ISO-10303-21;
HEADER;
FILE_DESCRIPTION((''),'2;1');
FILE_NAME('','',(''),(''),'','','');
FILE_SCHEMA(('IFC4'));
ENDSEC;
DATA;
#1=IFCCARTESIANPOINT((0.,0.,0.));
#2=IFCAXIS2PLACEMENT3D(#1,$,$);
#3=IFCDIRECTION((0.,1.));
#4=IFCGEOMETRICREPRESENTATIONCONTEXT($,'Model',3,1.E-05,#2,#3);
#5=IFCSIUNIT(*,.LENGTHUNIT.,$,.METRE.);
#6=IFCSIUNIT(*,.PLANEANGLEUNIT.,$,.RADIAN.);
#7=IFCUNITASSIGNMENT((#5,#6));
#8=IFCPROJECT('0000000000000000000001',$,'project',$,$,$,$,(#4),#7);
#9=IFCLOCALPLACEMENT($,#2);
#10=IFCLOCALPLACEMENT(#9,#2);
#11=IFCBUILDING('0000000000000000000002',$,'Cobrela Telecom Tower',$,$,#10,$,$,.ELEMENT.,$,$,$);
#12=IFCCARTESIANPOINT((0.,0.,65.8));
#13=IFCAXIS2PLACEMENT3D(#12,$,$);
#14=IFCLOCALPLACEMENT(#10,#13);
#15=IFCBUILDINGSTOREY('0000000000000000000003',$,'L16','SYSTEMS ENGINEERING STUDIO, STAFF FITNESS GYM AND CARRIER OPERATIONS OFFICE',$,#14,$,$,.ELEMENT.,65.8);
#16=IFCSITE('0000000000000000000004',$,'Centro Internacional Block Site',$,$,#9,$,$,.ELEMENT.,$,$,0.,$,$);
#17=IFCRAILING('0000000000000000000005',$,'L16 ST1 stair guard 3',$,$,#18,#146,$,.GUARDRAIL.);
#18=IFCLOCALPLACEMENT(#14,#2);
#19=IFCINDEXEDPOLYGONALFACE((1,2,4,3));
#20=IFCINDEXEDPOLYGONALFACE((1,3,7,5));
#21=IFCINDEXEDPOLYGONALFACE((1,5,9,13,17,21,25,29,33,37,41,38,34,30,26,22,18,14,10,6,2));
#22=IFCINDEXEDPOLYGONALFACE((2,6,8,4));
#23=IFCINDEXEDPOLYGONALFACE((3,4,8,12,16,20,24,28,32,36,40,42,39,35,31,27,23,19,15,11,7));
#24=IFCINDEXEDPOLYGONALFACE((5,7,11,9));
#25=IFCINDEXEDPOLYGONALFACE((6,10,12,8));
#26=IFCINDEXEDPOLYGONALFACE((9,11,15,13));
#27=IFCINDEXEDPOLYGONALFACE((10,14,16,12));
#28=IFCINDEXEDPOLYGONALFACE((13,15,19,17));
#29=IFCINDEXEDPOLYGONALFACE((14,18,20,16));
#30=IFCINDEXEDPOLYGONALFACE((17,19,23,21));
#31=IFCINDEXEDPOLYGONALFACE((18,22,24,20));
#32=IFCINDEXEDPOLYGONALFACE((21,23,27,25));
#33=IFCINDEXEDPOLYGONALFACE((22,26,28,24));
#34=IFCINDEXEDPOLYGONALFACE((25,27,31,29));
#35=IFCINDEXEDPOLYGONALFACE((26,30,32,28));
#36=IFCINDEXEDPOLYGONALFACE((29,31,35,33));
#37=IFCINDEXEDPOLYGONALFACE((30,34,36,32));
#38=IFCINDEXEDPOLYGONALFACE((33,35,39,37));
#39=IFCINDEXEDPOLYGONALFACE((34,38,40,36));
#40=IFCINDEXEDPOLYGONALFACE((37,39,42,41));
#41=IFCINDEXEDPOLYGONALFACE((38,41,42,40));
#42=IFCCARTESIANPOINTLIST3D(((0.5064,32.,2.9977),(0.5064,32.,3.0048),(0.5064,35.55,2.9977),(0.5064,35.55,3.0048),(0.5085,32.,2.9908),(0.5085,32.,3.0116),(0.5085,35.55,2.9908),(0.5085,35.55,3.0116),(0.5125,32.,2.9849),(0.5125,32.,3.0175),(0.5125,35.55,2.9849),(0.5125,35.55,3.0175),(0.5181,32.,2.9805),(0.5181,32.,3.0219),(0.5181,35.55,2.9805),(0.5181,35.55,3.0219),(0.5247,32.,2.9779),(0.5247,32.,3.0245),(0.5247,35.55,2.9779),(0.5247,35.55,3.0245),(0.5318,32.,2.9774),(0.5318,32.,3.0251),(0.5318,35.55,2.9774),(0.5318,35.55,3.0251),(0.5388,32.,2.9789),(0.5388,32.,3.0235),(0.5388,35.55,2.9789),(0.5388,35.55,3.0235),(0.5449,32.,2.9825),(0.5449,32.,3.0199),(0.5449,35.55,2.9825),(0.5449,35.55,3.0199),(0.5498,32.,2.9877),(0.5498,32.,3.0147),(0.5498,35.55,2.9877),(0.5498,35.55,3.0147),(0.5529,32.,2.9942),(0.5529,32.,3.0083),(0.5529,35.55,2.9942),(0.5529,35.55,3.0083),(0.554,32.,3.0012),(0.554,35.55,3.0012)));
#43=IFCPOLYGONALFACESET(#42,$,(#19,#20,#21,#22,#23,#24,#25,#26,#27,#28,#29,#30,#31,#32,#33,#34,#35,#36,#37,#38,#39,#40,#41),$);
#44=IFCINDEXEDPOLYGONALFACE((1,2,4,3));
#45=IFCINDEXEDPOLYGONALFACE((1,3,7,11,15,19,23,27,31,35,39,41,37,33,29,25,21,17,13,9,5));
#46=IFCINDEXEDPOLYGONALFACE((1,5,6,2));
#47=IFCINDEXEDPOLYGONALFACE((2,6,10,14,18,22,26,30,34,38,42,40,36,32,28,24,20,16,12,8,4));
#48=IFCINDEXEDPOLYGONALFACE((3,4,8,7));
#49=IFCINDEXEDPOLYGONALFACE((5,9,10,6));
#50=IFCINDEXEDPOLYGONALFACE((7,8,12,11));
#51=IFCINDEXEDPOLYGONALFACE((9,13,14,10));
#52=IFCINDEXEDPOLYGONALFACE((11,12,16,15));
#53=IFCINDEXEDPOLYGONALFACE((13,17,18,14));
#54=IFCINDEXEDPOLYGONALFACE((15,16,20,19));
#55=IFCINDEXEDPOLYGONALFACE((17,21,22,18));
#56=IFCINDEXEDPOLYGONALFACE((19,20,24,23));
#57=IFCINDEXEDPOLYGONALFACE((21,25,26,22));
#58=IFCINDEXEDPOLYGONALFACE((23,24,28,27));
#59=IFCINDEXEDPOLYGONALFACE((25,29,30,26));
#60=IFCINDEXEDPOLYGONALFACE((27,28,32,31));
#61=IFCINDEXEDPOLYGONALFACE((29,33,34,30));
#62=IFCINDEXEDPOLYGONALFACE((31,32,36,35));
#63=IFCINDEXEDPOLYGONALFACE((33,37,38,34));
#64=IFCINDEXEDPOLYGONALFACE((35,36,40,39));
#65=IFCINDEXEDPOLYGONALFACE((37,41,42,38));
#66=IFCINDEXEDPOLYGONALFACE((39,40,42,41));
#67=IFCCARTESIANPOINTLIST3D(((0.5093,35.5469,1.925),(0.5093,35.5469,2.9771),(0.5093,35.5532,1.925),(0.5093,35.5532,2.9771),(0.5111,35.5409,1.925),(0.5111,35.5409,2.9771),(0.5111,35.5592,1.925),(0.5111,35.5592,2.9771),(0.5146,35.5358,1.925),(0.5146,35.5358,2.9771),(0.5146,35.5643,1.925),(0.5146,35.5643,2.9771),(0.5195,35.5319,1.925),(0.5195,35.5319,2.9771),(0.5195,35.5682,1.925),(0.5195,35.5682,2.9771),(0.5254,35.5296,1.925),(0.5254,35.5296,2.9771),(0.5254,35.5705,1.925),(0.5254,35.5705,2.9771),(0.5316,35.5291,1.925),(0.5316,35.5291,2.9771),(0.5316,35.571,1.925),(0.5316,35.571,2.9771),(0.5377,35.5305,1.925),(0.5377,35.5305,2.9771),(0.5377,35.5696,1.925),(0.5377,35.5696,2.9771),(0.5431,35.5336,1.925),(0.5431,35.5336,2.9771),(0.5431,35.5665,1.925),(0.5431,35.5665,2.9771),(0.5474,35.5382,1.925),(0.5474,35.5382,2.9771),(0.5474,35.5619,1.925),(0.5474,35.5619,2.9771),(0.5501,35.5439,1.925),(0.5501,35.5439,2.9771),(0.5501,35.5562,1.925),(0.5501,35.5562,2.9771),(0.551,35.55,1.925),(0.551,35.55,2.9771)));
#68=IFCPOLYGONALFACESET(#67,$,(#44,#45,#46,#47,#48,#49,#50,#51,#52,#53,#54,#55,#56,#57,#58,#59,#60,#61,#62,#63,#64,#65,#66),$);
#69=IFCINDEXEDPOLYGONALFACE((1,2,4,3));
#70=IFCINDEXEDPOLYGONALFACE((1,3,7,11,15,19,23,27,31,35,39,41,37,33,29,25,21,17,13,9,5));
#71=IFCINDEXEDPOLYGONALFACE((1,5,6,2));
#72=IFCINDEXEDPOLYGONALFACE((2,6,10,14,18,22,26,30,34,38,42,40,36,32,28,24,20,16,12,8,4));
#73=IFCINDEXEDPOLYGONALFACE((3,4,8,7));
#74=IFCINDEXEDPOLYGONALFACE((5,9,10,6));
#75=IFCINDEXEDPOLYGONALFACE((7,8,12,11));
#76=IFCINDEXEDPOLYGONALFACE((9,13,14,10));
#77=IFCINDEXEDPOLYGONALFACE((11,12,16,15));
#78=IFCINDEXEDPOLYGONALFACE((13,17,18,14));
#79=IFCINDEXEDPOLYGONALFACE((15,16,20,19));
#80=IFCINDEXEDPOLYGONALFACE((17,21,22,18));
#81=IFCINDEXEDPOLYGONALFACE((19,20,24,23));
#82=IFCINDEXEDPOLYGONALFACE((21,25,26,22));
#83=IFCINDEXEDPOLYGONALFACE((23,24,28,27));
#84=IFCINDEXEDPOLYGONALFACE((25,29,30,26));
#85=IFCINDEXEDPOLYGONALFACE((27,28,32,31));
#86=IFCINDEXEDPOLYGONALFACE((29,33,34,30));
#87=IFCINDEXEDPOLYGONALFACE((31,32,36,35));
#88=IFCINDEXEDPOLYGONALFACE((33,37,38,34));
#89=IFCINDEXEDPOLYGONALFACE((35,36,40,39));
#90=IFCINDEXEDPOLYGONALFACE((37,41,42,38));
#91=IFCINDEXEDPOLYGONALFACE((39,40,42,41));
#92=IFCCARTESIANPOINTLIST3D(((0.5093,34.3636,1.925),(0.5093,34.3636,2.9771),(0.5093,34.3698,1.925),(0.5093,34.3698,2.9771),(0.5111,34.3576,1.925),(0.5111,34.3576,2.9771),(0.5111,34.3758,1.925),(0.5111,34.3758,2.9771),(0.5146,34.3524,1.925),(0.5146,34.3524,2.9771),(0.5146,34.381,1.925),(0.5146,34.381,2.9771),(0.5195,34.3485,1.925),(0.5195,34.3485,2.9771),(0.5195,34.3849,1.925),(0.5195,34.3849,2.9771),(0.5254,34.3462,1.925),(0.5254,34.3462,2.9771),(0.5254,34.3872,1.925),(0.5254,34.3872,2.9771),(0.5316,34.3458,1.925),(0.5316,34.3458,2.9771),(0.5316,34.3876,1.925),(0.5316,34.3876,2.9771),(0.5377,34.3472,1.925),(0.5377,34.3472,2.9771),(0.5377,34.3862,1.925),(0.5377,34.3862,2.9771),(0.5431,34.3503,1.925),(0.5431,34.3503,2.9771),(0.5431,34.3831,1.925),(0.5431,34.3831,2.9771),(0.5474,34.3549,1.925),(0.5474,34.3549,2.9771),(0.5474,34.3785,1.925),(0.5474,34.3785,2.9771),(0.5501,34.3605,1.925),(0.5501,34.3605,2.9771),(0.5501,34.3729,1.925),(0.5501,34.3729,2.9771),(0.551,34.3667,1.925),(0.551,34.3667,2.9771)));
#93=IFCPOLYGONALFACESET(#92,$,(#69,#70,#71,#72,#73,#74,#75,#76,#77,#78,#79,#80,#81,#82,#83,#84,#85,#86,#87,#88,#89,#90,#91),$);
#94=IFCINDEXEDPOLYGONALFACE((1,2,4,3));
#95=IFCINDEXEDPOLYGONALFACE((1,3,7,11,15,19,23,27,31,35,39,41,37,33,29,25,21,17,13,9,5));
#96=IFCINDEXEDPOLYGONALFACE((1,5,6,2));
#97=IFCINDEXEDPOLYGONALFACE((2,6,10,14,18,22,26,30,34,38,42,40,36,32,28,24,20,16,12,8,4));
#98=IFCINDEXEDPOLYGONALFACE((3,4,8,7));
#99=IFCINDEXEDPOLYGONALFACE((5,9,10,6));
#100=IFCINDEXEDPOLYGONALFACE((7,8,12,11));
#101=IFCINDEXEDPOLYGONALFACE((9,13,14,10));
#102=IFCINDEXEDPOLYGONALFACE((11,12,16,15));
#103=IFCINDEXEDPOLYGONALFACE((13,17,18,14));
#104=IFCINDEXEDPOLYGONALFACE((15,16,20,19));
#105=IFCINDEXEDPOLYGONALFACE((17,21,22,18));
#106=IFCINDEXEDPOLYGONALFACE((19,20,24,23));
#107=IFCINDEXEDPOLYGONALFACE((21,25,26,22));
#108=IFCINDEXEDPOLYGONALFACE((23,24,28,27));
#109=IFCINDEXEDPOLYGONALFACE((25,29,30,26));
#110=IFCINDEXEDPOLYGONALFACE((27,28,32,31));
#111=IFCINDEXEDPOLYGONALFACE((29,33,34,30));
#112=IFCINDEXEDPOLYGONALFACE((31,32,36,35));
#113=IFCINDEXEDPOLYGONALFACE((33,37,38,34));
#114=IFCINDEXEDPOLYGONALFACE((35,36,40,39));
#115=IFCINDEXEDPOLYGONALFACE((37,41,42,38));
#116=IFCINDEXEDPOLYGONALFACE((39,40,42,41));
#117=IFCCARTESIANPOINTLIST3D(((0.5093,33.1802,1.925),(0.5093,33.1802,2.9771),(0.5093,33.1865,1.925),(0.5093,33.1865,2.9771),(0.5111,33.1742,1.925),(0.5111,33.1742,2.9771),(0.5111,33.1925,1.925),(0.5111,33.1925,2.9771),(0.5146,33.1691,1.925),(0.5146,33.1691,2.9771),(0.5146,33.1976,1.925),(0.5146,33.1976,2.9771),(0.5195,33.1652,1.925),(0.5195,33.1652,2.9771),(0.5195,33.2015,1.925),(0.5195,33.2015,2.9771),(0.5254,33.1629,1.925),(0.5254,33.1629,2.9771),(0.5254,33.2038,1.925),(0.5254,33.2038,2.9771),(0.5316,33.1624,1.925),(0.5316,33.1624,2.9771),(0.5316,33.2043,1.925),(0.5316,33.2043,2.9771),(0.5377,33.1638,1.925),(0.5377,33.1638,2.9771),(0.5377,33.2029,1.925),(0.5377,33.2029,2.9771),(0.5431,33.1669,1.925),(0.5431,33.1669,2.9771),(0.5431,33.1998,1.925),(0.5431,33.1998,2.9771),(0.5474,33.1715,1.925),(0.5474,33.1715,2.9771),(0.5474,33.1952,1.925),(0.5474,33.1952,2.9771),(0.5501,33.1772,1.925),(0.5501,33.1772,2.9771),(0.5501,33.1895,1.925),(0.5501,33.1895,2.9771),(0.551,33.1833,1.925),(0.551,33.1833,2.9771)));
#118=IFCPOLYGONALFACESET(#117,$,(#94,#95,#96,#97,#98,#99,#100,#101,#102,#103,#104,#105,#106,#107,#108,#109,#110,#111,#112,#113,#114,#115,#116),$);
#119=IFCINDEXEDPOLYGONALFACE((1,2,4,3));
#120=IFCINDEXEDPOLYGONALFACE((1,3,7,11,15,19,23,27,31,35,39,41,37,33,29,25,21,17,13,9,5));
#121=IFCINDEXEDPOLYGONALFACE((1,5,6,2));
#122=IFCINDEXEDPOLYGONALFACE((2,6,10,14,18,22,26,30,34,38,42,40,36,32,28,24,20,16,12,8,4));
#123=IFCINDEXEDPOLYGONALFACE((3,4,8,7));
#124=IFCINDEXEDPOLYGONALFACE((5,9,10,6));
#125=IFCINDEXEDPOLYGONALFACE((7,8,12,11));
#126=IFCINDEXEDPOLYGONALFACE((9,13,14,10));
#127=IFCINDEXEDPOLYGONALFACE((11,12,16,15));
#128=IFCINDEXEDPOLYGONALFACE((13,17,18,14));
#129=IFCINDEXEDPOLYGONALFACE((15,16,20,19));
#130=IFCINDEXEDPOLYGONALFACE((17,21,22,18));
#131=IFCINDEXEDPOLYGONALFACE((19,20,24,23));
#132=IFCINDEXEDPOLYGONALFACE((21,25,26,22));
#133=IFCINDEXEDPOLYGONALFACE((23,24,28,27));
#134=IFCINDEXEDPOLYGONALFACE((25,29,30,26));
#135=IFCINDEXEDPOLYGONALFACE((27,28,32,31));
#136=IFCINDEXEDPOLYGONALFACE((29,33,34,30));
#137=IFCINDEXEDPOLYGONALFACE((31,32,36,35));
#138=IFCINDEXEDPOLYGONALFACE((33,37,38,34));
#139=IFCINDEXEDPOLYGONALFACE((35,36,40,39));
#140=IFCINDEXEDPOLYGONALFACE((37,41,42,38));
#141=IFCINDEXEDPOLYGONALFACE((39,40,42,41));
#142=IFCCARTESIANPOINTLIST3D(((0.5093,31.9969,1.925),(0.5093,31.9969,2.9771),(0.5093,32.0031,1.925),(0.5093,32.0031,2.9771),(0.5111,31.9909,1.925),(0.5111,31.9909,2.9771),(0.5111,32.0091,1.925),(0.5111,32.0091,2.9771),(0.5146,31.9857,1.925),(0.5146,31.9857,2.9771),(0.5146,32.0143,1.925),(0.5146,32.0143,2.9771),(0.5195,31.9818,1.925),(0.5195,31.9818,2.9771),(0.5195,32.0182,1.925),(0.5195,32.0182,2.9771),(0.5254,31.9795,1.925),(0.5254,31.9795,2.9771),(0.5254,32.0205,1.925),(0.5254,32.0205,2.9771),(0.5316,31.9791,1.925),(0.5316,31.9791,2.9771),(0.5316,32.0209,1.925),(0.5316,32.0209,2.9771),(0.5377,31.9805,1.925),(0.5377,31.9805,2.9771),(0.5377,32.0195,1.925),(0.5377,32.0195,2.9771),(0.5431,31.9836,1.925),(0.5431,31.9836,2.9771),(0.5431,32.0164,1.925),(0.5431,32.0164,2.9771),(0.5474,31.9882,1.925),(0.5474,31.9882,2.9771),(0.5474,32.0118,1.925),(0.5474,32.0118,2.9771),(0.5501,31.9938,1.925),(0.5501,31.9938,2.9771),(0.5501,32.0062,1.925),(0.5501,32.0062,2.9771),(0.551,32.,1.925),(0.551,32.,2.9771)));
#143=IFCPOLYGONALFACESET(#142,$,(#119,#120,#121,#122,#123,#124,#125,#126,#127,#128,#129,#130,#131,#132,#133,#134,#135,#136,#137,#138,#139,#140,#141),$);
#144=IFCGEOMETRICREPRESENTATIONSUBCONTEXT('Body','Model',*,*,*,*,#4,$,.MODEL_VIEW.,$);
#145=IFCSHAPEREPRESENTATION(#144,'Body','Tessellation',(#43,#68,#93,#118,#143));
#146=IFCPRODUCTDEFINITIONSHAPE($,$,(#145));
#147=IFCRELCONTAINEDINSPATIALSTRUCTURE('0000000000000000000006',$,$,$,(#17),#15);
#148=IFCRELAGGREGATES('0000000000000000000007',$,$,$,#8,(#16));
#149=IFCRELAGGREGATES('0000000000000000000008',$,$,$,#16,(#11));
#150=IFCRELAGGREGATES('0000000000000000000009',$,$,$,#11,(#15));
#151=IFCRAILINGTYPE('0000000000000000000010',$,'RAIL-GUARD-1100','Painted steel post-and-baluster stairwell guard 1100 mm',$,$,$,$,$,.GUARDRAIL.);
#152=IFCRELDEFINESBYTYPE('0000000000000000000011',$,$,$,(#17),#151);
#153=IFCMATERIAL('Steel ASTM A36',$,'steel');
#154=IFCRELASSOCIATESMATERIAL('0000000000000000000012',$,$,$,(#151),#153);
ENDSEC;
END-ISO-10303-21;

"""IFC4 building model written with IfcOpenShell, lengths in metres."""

from ifc_helpers import new_model, si_unit, direction, frame, origin, origin_2d, place, context, subcontext, project, spatial, circle, extrude, material, type_object, element, save


model = new_model("IFC4")

# Units and contexts
model_context = context("Model", 3, precision=1e-05, world=origin(), true_north=direction((0.0, 1.0)))
body_context = subcontext(model_context, "Body", "Model", "MODEL_VIEW")
ifc_project = project(units=[si_unit("LENGTHUNIT", "METRE"), si_unit("PLANEANGLEUNIT", "RADIAN")], contexts=[model_context])

# Site, building, storey
site_placement = place(None, origin())
site = spatial("IfcSite", under=ifc_project, at=site_placement, Name="Centro Internacional Block Site", CompositionType="ELEMENT", RefElevation=0.0)
building_placement = place(site_placement, origin())
building = spatial("IfcBuilding", under=site, at=building_placement, Name="Cobrela Telecom Tower", CompositionType="ELEMENT")
storey_placement = place(building_placement, frame((0.0, 0.0, 65.8)))
storey = spatial("IfcBuildingStorey", under=building, at=storey_placement, Name="L16", Description="SYSTEMS ENGINEERING STUDIO, STAFF FITNESS GYM AND CARRIER OPERATIONS OFFICE", CompositionType="ELEMENT", Elevation=65.8)

# Shared definitions
ifc_material_1 = material(Name="Steel ASTM A36", Category="steel")

# Railing
railing_type_1 = type_object("IfcRailingType", Name="RAIL-GUARD-1100", Description="Painted steel post-and-baluster stairwell guard 1100 mm", PredefinedType="GUARDRAIL", material=ifc_material_1)
railing_1_placement = place(storey_placement, frame((0.53, 35.55, 1.925)))
element("IfcRailing", 1, at=railing_1_placement, inside=storey, type_object=railing_type_1, Name="L16 ST1 stair guard 3", PredefinedType="GUARDRAIL", context=body_context, shape_type="SweptSolid", body=[
    extrude(circle(Radius=0.0239, at=origin_2d()), frame((0.0, 0.0, 1.0762), z_axis=(0.0, -1.0, 0.0), x_axis=(1.0, 0.0, 0.0)), (0.0, 0.0, 1.0), 3.55),
    extrude(circle(Radius=0.021, at=origin_2d()), origin(), (0.0, 0.0, 1.0), 1.052),
    extrude(circle(Radius=0.021, at=origin_2d()), frame((0.0, -1.1833, 0.0)), (0.0, 0.0, 1.0), 1.052),
    extrude(circle(Radius=0.021, at=origin_2d()), frame((0.0, -2.3667, 0.0)), (0.0, 0.0, 1.0), 1.052),
    extrude(circle(Radius=0.021, at=origin_2d()), frame((0.0, -3.55, 0.0)), (0.0, 0.0, 1.0), 1.052),
])

save(model, "model.ifc")
